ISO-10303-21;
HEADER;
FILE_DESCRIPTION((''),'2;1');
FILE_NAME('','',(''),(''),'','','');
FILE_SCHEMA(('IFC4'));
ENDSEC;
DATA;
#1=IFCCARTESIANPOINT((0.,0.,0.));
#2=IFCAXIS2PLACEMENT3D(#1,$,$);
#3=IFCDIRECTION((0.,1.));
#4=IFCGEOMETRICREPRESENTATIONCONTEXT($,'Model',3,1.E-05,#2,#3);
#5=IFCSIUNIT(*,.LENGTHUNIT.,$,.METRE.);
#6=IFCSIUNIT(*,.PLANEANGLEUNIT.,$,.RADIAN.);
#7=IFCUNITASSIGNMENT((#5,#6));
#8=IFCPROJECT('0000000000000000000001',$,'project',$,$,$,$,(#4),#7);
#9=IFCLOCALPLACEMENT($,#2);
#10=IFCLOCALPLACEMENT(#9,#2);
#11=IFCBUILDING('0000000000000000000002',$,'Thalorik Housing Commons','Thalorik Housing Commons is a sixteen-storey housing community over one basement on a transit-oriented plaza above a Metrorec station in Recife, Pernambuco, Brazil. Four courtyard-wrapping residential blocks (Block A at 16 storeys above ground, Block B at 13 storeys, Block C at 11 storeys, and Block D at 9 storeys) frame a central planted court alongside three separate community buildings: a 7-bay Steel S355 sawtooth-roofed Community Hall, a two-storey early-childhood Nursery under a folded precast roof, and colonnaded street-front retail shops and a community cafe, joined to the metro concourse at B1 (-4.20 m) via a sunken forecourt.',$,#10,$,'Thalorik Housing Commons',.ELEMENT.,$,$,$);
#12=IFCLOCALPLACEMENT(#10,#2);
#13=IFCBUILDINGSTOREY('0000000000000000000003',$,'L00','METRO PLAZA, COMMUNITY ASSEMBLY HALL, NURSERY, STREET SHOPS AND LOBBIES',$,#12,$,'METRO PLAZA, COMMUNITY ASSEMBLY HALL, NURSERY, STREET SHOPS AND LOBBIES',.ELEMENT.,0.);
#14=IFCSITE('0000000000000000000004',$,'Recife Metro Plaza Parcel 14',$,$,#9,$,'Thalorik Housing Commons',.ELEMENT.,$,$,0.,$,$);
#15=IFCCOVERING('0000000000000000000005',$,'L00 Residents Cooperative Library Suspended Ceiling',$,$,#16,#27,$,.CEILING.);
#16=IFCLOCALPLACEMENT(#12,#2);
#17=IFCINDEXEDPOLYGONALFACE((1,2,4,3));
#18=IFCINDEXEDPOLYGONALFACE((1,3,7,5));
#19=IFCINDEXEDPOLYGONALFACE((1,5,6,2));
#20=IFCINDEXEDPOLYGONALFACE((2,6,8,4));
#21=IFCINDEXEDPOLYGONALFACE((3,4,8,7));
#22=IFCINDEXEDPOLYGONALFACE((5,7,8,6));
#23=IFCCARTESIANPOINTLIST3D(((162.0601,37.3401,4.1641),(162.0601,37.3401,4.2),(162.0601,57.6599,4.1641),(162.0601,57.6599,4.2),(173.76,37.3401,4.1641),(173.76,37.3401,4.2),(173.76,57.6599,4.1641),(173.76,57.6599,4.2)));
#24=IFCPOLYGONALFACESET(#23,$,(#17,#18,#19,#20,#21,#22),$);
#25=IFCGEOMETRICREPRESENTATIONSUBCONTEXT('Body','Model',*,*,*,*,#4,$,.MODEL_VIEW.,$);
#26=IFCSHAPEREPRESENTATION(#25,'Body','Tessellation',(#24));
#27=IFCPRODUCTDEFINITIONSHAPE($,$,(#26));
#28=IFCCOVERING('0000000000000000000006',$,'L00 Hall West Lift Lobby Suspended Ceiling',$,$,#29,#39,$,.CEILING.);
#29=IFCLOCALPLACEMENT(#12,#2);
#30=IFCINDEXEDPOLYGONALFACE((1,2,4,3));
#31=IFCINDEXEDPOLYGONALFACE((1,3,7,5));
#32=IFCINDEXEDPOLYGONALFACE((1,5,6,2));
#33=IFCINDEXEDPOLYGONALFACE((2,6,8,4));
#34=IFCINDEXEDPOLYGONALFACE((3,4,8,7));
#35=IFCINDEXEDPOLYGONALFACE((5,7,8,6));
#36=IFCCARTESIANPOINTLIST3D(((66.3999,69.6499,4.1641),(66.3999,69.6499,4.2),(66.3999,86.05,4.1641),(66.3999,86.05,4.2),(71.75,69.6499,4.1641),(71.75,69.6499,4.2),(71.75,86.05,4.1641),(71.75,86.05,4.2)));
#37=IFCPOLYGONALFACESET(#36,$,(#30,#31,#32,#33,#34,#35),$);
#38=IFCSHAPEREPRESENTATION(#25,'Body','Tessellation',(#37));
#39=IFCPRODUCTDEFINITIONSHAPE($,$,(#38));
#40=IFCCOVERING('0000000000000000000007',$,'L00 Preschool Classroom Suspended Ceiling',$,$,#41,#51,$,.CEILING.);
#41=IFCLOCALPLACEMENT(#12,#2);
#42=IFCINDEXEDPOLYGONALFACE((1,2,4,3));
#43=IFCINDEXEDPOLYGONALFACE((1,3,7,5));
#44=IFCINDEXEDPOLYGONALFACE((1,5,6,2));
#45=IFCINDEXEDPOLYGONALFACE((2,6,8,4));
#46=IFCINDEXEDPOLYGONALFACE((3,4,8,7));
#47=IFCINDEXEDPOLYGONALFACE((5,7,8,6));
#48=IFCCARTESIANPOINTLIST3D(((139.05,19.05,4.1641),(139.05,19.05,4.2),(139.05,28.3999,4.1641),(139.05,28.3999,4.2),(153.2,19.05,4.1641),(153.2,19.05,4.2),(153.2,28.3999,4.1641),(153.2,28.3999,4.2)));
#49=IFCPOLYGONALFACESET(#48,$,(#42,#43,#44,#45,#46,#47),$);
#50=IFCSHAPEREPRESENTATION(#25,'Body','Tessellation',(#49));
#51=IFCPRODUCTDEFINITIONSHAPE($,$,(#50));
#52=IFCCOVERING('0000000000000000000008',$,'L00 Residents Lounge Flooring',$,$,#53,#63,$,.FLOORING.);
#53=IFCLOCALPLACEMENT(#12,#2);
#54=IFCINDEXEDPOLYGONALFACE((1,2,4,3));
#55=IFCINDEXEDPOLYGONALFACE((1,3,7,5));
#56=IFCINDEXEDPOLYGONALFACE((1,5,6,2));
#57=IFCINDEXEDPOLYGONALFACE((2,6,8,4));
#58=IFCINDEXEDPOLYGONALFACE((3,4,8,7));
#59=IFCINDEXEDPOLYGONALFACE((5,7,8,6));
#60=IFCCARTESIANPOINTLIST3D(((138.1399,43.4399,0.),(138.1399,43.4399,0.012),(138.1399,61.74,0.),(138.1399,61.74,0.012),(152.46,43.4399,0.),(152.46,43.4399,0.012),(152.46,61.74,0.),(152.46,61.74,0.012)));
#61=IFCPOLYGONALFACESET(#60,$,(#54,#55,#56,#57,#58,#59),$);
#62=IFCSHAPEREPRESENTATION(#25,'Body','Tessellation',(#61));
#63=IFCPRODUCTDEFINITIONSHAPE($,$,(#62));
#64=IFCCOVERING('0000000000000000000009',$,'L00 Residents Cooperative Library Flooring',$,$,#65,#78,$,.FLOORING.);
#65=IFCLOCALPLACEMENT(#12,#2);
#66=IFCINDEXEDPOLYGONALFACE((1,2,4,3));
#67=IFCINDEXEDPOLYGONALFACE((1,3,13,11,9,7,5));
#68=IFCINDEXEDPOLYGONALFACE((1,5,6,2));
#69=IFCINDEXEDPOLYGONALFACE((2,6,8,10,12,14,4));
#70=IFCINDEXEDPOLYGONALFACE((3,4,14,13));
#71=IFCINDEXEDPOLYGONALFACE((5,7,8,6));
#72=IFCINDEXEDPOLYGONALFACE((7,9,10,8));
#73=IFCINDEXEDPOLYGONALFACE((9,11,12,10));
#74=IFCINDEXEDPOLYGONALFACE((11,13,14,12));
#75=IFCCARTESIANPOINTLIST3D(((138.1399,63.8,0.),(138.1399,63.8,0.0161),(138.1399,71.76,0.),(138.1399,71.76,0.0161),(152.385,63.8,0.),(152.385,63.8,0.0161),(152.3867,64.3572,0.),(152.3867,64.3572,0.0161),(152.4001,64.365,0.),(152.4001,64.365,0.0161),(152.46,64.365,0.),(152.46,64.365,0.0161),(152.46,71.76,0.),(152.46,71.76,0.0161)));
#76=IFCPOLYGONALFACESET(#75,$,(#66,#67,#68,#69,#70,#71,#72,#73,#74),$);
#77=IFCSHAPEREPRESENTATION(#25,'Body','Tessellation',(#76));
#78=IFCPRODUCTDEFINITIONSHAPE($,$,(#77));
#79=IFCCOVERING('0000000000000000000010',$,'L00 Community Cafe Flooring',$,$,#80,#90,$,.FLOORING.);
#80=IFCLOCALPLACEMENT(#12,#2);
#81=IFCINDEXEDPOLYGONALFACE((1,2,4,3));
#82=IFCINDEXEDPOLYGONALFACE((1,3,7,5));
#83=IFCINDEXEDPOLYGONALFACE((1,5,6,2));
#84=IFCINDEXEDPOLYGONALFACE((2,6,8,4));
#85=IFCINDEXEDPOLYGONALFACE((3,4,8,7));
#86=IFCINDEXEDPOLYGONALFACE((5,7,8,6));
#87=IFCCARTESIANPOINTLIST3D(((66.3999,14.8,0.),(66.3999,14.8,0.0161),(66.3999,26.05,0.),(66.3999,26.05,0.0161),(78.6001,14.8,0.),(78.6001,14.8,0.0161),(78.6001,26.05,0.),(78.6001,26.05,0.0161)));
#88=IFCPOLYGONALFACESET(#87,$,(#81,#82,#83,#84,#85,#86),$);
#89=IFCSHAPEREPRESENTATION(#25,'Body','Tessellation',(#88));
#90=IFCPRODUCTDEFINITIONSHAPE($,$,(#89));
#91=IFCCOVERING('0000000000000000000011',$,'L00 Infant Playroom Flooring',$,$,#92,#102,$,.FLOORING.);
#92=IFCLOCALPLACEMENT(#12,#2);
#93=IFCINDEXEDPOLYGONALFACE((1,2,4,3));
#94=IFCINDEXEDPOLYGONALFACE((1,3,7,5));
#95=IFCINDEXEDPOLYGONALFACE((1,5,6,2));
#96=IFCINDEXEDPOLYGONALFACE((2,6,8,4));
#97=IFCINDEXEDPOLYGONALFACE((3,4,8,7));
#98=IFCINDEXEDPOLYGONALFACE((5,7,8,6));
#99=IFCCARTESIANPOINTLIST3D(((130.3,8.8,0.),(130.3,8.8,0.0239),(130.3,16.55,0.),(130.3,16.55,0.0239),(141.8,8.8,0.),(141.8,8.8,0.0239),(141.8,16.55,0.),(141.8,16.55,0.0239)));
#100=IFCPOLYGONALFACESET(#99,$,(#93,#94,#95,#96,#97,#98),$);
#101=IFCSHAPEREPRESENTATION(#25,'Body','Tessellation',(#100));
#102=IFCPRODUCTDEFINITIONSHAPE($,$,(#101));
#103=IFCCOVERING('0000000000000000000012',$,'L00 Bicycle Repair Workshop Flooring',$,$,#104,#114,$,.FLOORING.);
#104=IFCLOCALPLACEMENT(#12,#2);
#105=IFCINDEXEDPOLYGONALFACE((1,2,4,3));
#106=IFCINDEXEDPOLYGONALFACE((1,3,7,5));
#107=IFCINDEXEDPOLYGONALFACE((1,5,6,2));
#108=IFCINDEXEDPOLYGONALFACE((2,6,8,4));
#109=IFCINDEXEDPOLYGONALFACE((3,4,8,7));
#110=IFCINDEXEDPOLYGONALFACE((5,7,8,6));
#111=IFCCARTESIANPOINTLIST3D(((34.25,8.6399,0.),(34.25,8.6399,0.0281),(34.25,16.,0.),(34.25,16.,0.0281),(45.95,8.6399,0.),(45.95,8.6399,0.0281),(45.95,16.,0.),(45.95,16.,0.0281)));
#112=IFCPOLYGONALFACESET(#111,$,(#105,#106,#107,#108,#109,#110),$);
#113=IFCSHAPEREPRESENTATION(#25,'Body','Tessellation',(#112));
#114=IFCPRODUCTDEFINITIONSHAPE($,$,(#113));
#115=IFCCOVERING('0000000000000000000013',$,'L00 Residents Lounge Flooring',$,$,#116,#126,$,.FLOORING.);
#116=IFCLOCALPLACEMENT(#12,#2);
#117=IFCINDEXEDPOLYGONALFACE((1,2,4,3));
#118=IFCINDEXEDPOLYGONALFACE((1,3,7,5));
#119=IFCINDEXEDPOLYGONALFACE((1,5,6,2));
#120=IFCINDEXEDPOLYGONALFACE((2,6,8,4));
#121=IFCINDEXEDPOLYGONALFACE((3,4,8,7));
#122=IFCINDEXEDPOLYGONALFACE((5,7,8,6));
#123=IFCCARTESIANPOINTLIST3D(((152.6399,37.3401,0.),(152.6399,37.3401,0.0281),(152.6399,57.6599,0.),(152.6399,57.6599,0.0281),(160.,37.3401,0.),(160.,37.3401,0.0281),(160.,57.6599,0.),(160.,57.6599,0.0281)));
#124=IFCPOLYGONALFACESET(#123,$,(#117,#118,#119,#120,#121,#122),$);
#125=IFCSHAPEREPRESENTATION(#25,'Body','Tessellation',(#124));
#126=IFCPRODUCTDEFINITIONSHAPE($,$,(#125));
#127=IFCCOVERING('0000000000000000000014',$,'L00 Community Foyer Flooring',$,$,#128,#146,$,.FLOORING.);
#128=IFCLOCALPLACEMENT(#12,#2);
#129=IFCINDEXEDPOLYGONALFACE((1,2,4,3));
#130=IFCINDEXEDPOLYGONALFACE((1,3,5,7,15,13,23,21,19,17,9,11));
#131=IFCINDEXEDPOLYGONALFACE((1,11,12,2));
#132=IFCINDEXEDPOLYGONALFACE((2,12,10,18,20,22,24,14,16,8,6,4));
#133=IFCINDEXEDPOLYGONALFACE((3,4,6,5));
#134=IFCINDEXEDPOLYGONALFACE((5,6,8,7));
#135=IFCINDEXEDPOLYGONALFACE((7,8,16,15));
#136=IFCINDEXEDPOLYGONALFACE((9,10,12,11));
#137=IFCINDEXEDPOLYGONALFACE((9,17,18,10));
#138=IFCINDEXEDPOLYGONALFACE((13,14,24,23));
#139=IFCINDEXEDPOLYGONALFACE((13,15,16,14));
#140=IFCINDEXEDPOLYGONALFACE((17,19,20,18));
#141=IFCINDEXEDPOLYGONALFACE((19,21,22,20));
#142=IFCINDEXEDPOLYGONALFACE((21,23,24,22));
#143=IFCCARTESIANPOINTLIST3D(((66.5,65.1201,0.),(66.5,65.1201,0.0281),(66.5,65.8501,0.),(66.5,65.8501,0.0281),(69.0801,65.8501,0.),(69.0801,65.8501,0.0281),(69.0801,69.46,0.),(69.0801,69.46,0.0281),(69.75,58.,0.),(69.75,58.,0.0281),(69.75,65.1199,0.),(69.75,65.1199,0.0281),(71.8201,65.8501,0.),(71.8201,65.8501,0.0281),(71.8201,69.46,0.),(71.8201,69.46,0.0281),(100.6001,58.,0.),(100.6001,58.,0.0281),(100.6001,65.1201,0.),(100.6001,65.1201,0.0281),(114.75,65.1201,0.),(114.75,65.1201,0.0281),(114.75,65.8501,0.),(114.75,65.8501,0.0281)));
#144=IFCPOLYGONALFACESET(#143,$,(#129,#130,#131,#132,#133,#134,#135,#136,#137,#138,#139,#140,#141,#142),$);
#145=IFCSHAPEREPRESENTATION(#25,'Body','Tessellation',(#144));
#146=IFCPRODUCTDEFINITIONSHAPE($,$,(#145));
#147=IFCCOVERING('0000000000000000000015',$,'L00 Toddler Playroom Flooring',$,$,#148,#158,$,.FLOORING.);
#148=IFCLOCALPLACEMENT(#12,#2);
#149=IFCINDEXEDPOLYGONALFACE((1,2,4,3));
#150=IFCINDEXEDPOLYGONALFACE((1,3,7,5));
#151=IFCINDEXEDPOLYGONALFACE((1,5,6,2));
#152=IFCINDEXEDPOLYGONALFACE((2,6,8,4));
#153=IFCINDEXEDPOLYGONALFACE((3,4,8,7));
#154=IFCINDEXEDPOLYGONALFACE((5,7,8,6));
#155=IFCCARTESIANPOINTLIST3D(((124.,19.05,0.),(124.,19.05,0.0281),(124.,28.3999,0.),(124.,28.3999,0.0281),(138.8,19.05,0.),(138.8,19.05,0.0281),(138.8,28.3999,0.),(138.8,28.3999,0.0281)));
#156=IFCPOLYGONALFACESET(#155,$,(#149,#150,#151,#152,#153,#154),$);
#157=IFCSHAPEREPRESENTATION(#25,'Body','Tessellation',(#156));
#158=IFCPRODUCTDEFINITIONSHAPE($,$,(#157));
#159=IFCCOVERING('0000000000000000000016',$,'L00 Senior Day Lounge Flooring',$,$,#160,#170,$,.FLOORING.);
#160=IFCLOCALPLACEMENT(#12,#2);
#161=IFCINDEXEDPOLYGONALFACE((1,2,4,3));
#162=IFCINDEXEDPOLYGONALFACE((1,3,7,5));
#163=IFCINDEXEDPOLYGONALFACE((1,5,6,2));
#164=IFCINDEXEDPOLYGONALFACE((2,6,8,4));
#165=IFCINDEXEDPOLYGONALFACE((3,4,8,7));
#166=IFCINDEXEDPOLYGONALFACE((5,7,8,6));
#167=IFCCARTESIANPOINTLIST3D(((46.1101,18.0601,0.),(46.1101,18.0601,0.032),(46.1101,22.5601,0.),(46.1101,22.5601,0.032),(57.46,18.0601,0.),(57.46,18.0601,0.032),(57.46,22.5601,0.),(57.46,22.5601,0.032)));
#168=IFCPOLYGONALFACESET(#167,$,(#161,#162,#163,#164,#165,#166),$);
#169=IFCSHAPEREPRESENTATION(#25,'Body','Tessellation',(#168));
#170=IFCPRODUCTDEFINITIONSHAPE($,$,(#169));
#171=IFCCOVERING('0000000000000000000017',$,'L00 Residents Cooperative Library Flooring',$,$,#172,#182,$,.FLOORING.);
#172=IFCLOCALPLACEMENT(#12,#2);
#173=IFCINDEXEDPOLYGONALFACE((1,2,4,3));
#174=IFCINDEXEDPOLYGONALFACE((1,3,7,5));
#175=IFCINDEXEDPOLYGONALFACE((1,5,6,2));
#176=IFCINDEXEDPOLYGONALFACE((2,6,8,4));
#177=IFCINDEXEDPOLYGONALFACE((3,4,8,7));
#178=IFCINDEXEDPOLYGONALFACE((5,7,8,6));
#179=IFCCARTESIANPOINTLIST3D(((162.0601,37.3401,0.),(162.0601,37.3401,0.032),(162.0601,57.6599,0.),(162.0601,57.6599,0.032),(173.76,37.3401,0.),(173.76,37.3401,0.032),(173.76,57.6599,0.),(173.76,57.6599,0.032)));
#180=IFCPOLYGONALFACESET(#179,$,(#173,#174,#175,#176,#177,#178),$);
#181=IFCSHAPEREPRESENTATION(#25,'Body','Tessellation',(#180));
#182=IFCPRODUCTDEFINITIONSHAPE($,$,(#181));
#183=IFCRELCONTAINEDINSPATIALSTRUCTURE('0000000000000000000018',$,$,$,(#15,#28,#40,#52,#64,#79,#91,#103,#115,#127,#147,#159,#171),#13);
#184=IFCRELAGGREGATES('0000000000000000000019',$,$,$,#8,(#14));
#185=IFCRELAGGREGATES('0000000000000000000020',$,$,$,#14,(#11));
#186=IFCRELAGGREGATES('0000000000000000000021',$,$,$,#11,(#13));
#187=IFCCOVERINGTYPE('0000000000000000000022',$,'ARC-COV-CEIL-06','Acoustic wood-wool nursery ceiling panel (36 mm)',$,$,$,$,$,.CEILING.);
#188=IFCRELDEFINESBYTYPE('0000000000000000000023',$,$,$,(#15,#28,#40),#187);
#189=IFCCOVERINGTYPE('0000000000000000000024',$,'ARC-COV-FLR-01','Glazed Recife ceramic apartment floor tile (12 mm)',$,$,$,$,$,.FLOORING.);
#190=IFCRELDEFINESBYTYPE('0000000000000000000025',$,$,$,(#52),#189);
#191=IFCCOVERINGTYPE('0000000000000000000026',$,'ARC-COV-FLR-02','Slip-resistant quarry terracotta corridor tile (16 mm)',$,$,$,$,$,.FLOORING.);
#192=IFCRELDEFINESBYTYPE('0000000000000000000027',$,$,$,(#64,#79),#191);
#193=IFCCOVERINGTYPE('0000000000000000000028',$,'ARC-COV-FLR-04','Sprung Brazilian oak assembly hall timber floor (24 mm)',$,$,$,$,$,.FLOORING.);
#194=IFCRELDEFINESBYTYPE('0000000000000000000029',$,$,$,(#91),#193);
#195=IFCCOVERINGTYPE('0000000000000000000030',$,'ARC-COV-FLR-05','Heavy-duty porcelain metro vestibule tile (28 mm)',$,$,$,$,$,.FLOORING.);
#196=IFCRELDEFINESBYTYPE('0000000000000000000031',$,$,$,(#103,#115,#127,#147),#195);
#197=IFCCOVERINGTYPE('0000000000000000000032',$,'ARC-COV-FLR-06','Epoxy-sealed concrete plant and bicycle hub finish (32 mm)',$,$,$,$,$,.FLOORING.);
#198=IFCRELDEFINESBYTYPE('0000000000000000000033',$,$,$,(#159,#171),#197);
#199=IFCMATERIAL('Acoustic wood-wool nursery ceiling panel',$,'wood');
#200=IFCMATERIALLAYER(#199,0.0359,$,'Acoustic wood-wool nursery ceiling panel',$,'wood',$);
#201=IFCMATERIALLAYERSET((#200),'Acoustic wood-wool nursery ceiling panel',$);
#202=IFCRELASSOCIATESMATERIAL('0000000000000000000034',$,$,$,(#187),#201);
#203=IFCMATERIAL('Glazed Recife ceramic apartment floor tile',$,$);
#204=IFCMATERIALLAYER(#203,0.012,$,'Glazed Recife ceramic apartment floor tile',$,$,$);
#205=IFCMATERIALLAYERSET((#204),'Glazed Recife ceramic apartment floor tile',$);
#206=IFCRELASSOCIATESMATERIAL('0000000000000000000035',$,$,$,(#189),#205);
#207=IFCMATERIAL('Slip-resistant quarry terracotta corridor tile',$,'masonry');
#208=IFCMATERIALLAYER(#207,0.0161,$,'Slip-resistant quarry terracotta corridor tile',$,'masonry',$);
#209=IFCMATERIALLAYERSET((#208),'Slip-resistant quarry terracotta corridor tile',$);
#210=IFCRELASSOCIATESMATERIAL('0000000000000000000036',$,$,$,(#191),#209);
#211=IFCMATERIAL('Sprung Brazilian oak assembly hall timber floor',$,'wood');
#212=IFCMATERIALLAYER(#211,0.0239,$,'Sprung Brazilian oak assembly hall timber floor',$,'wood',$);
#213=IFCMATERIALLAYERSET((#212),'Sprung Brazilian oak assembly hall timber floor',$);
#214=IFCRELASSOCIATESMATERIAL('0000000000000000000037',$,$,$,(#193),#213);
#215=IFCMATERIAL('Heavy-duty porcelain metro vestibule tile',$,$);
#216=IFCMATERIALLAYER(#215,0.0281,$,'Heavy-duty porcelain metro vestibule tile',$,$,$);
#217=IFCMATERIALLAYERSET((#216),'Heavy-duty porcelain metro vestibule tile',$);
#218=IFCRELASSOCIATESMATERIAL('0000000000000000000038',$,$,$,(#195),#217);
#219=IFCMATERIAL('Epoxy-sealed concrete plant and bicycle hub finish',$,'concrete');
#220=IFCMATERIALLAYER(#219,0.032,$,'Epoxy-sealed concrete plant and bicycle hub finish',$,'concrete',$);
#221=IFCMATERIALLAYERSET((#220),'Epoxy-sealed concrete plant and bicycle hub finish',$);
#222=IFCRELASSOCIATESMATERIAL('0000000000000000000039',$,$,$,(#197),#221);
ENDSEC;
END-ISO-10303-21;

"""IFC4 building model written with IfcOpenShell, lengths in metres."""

from ifc_helpers import new_model, si_unit, direction, frame, origin, place, context, subcontext, project, spatial, polyline, outline, extrude, material, layer, layer_set, type_object, element, save


model = new_model("IFC4")

# Units and contexts
model_context = context("Model", 3, precision=1e-05, world=origin(), true_north=direction((0.0, 1.0)))
body_context = subcontext(model_context, "Body", "Model", "MODEL_VIEW")
ifc_project = project(units=[si_unit("LENGTHUNIT", "METRE"), si_unit("PLANEANGLEUNIT", "RADIAN")], contexts=[model_context])

# Site, building, storey
site_placement = place(None, origin())
site = spatial("IfcSite", under=ifc_project, at=site_placement, Name="Recife Metro Plaza Parcel 14", LongName="Thalorik Housing Commons", CompositionType="ELEMENT", RefElevation=0.0)
building_placement = place(site_placement, origin())
building = spatial("IfcBuilding", under=site, at=building_placement, Name="Thalorik Housing Commons", Description="Thalorik Housing Commons is a sixteen-storey housing community over one basement on a transit-oriented plaza above a Metrorec station in Recife, Pernambuco, Brazil. Four courtyard-wrapping residential blocks (Block A at 16 storeys above ground, Block B at 13 storeys, Block C at 11 storeys, and Block D at 9 storeys) frame a central planted court alongside three separate community buildings: a 7-bay Steel S355 sawtooth-roofed Community Hall, a two-storey early-childhood Nursery under a folded precast roof, and colonnaded street-front retail shops and a community cafe, joined to the metro concourse at B1 (-4.20 m) via a sunken forecourt.", LongName="Thalorik Housing Commons", CompositionType="ELEMENT")
storey_placement = place(building_placement, origin())
storey = spatial("IfcBuildingStorey", under=building, at=storey_placement, Name="L00", Description="METRO PLAZA, COMMUNITY ASSEMBLY HALL, NURSERY, STREET SHOPS AND LOBBIES", LongName="METRO PLAZA, COMMUNITY ASSEMBLY HALL, NURSERY, STREET SHOPS AND LOBBIES", CompositionType="ELEMENT", Elevation=0.0)

# Coverings
ifc_material_1 = material(Name="Acoustic wood-wool nursery ceiling panel", Category="wood")
ifc_layer_1 = layer(ifc_material_1, 0.0359, Name="Acoustic wood-wool nursery ceiling panel", Category="wood")
ifc_layer_set_1 = layer_set([ifc_layer_1], Name="Acoustic wood-wool nursery ceiling panel")
covering_type_1 = type_object("IfcCoveringType", Name="ARC-COV-CEIL-06", Description="Acoustic wood-wool nursery ceiling panel (36 mm)", PredefinedType="CEILING", material=ifc_layer_set_1)
covering_1_placement = place(storey_placement, frame((0.0, 0.0, 4.1641)))
element("IfcCovering", 1, at=covering_1_placement, inside=storey, type_object=covering_type_1, Name="L00 Residents Cooperative Library Suspended Ceiling", PredefinedType="CEILING", context=body_context, shape_type="SweptSolid", body=[
    extrude(outline(polyline([(173.76, 57.6599), (162.0601, 57.6599), (162.0601, 37.3401), (173.76, 37.3401), (173.76, 57.6599)])), origin(), (0.0, 0.0, 1.0), 0.0359),
])
covering_2_placement = place(storey_placement, frame((0.0, 0.0, 4.1641)))
element("IfcCovering", 2, at=covering_2_placement, inside=storey, type_object=covering_type_1, Name="L00 Hall West Lift Lobby Suspended Ceiling", PredefinedType="CEILING", context=body_context, shape_type="SweptSolid", body=[
    extrude(outline(polyline([(71.75, 69.6499), (71.75, 86.05), (66.3999, 86.05), (66.3999, 69.6499), (71.75, 69.6499)])), origin(), (0.0, 0.0, 1.0), 0.0359),
])
covering_3_placement = place(storey_placement, frame((0.0, 0.0, 4.1641)))
element("IfcCovering", 3, at=covering_3_placement, inside=storey, type_object=covering_type_1, Name="L00 Preschool Classroom Suspended Ceiling", PredefinedType="CEILING", context=body_context, shape_type="SweptSolid", body=[
    extrude(outline(polyline([(153.2, 19.05), (153.2, 28.3999), (139.05, 28.3999), (139.05, 19.05), (153.2, 19.05)])), origin(), (0.0, 0.0, 1.0), 0.0359),
])
ifc_material_2 = material(Name="Glazed Recife ceramic apartment floor tile")
ifc_layer_2 = layer(ifc_material_2, 0.012, Name="Glazed Recife ceramic apartment floor tile")
ifc_layer_set_2 = layer_set([ifc_layer_2], Name="Glazed Recife ceramic apartment floor tile")
covering_type_2 = type_object("IfcCoveringType", Name="ARC-COV-FLR-01", Description="Glazed Recife ceramic apartment floor tile (12 mm)", PredefinedType="FLOORING", material=ifc_layer_set_2)
covering_4_placement = place(storey_placement, origin())
element("IfcCovering", 4, at=covering_4_placement, inside=storey, type_object=covering_type_2, Name="L00 Residents Lounge Flooring", PredefinedType="FLOORING", context=body_context, shape_type="SweptSolid", body=[
    extrude(outline(polyline([(152.46, 43.4399), (152.46, 61.74), (138.1399, 61.74), (138.1399, 43.4399), (152.46, 43.4399)])), origin(), (0.0, 0.0, 1.0), 0.012),
])
ifc_material_3 = material(Name="Slip-resistant quarry terracotta corridor tile", Category="masonry")
ifc_layer_3 = layer(ifc_material_3, 0.0161, Name="Slip-resistant quarry terracotta corridor tile", Category="masonry")
ifc_layer_set_3 = layer_set([ifc_layer_3], Name="Slip-resistant quarry terracotta corridor tile")
covering_type_3 = type_object("IfcCoveringType", Name="ARC-COV-FLR-02", Description="Slip-resistant quarry terracotta corridor tile (16 mm)", PredefinedType="FLOORING", material=ifc_layer_set_3)
covering_5_placement = place(storey_placement, origin())
element("IfcCovering", 5, at=covering_5_placement, inside=storey, type_object=covering_type_3, Name="L00 Residents Cooperative Library Flooring", PredefinedType="FLOORING", context=body_context, shape_type="SweptSolid", body=[
    extrude(outline(polyline([(138.1399, 63.8), (152.385, 63.8), (152.3867, 64.3572), (152.4001, 64.365), (152.46, 64.365), (152.46, 71.76), (138.1399, 71.76), (138.1399, 63.8)])), origin(), (0.0, 0.0, 1.0), 0.0161),
])
covering_6_placement = place(storey_placement, origin())
element("IfcCovering", 6, at=covering_6_placement, inside=storey, type_object=covering_type_3, Name="L00 Community Cafe Flooring", PredefinedType="FLOORING", context=body_context, shape_type="SweptSolid", body=[
    extrude(outline(polyline([(78.6001, 14.8), (78.6001, 26.05), (66.3999, 26.05), (66.3999, 14.8), (78.6001, 14.8)])), origin(), (0.0, 0.0, 1.0), 0.0161),
])
ifc_material_4 = material(Name="Sprung Brazilian oak assembly hall timber floor", Category="wood")
ifc_layer_4 = layer(ifc_material_4, 0.0239, Name="Sprung Brazilian oak assembly hall timber floor", Category="wood")
ifc_layer_set_4 = layer_set([ifc_layer_4], Name="Sprung Brazilian oak assembly hall timber floor")
covering_type_4 = type_object("IfcCoveringType", Name="ARC-COV-FLR-04", Description="Sprung Brazilian oak assembly hall timber floor (24 mm)", PredefinedType="FLOORING", material=ifc_layer_set_4)
covering_7_placement = place(storey_placement, origin())
element("IfcCovering", 7, at=covering_7_placement, inside=storey, type_object=covering_type_4, Name="L00 Infant Playroom Flooring", PredefinedType="FLOORING", context=body_context, shape_type="SweptSolid", body=[
    extrude(outline(polyline([(141.8, 8.8), (141.8, 16.55), (130.3, 16.55), (130.3, 8.8), (141.8, 8.8)])), origin(), (0.0, 0.0, 1.0), 0.0239),
])
ifc_material_5 = material(Name="Heavy-duty porcelain metro vestibule tile")
ifc_layer_5 = layer(ifc_material_5, 0.0281, Name="Heavy-duty porcelain metro vestibule tile")
ifc_layer_set_5 = layer_set([ifc_layer_5], Name="Heavy-duty porcelain metro vestibule tile")
covering_type_5 = type_object("IfcCoveringType", Name="ARC-COV-FLR-05", Description="Heavy-duty porcelain metro vestibule tile (28 mm)", PredefinedType="FLOORING", material=ifc_layer_set_5)
covering_8_placement = place(storey_placement, origin())
element("IfcCovering", 8, at=covering_8_placement, inside=storey, type_object=covering_type_5, Name="L00 Bicycle Repair Workshop Flooring", PredefinedType="FLOORING", context=body_context, shape_type="SweptSolid", body=[
    extrude(outline(polyline([(45.95, 8.6399), (45.95, 16.0), (34.25, 16.0), (34.25, 8.6399), (45.95, 8.6399)])), origin(), (0.0, 0.0, 1.0), 0.0281),
])
covering_9_placement = place(storey_placement, origin())
element("IfcCovering", 9, at=covering_9_placement, inside=storey, type_object=covering_type_5, Name="L00 Residents Lounge Flooring", PredefinedType="FLOORING", context=body_context, shape_type="SweptSolid", body=[
    extrude(outline(polyline([(160.0, 57.6599), (152.6399, 57.6599), (152.6399, 37.3401), (160.0, 37.3401), (160.0, 57.6599)])), origin(), (0.0, 0.0, 1.0), 0.0281),
])
covering_10_placement = place(storey_placement, origin())
element("IfcCovering", 10, at=covering_10_placement, inside=storey, type_object=covering_type_5, Name="L00 Community Foyer Flooring", PredefinedType="FLOORING", context=body_context, shape_type="SweptSolid", body=[
    extrude(outline(polyline([(66.5, 65.8501), (66.5, 65.1201), (69.75, 65.1199), (69.75, 58.0), (100.6001, 58.0), (100.6001, 65.1201), (114.75, 65.1201), (114.75, 65.8501), (71.8201, 65.8501), (71.8201, 69.46), (69.0801, 69.46), (69.0801, 65.8501), (66.5, 65.8501)])), origin(), (0.0, 0.0, 1.0), 0.0281),
])
covering_11_placement = place(storey_placement, origin())
element("IfcCovering", 11, at=covering_11_placement, inside=storey, type_object=covering_type_5, Name="L00 Toddler Playroom Flooring", PredefinedType="FLOORING", context=body_context, shape_type="SweptSolid", body=[
    extrude(outline(polyline([(138.8, 19.05), (138.8, 28.3999), (124.0, 28.3999), (124.0, 19.05), (138.8, 19.05)])), origin(), (0.0, 0.0, 1.0), 0.0281),
])
ifc_material_6 = material(Name="Epoxy-sealed concrete plant and bicycle hub finish", Category="concrete")
ifc_layer_6 = layer(ifc_material_6, 0.032, Name="Epoxy-sealed concrete plant and bicycle hub finish", Category="concrete")
ifc_layer_set_6 = layer_set([ifc_layer_6], Name="Epoxy-sealed concrete plant and bicycle hub finish")
covering_type_6 = type_object("IfcCoveringType", Name="ARC-COV-FLR-06", Description="Epoxy-sealed concrete plant and bicycle hub finish (32 mm)", PredefinedType="FLOORING", material=ifc_layer_set_6)
covering_12_placement = place(storey_placement, origin())
element("IfcCovering", 12, at=covering_12_placement, inside=storey, type_object=covering_type_6, Name="L00 Senior Day Lounge Flooring", PredefinedType="FLOORING", context=body_context, shape_type="SweptSolid", body=[
    extrude(outline(polyline([(57.46, 18.0601), (57.46, 22.5601), (46.1101, 22.5601), (46.1101, 18.0601), (57.46, 18.0601)])), origin(), (0.0, 0.0, 1.0), 0.032),
])
covering_13_placement = place(storey_placement, origin())
element("IfcCovering", 13, at=covering_13_placement, inside=storey, type_object=covering_type_6, Name="L00 Residents Cooperative Library Flooring", PredefinedType="FLOORING", context=body_context, shape_type="SweptSolid", body=[
    extrude(outline(polyline([(173.76, 57.6599), (162.0601, 57.6599), (162.0601, 37.3401), (173.76, 37.3401), (173.76, 57.6599)])), origin(), (0.0, 0.0, 1.0), 0.032),
])

save(model, "model.ifc")
